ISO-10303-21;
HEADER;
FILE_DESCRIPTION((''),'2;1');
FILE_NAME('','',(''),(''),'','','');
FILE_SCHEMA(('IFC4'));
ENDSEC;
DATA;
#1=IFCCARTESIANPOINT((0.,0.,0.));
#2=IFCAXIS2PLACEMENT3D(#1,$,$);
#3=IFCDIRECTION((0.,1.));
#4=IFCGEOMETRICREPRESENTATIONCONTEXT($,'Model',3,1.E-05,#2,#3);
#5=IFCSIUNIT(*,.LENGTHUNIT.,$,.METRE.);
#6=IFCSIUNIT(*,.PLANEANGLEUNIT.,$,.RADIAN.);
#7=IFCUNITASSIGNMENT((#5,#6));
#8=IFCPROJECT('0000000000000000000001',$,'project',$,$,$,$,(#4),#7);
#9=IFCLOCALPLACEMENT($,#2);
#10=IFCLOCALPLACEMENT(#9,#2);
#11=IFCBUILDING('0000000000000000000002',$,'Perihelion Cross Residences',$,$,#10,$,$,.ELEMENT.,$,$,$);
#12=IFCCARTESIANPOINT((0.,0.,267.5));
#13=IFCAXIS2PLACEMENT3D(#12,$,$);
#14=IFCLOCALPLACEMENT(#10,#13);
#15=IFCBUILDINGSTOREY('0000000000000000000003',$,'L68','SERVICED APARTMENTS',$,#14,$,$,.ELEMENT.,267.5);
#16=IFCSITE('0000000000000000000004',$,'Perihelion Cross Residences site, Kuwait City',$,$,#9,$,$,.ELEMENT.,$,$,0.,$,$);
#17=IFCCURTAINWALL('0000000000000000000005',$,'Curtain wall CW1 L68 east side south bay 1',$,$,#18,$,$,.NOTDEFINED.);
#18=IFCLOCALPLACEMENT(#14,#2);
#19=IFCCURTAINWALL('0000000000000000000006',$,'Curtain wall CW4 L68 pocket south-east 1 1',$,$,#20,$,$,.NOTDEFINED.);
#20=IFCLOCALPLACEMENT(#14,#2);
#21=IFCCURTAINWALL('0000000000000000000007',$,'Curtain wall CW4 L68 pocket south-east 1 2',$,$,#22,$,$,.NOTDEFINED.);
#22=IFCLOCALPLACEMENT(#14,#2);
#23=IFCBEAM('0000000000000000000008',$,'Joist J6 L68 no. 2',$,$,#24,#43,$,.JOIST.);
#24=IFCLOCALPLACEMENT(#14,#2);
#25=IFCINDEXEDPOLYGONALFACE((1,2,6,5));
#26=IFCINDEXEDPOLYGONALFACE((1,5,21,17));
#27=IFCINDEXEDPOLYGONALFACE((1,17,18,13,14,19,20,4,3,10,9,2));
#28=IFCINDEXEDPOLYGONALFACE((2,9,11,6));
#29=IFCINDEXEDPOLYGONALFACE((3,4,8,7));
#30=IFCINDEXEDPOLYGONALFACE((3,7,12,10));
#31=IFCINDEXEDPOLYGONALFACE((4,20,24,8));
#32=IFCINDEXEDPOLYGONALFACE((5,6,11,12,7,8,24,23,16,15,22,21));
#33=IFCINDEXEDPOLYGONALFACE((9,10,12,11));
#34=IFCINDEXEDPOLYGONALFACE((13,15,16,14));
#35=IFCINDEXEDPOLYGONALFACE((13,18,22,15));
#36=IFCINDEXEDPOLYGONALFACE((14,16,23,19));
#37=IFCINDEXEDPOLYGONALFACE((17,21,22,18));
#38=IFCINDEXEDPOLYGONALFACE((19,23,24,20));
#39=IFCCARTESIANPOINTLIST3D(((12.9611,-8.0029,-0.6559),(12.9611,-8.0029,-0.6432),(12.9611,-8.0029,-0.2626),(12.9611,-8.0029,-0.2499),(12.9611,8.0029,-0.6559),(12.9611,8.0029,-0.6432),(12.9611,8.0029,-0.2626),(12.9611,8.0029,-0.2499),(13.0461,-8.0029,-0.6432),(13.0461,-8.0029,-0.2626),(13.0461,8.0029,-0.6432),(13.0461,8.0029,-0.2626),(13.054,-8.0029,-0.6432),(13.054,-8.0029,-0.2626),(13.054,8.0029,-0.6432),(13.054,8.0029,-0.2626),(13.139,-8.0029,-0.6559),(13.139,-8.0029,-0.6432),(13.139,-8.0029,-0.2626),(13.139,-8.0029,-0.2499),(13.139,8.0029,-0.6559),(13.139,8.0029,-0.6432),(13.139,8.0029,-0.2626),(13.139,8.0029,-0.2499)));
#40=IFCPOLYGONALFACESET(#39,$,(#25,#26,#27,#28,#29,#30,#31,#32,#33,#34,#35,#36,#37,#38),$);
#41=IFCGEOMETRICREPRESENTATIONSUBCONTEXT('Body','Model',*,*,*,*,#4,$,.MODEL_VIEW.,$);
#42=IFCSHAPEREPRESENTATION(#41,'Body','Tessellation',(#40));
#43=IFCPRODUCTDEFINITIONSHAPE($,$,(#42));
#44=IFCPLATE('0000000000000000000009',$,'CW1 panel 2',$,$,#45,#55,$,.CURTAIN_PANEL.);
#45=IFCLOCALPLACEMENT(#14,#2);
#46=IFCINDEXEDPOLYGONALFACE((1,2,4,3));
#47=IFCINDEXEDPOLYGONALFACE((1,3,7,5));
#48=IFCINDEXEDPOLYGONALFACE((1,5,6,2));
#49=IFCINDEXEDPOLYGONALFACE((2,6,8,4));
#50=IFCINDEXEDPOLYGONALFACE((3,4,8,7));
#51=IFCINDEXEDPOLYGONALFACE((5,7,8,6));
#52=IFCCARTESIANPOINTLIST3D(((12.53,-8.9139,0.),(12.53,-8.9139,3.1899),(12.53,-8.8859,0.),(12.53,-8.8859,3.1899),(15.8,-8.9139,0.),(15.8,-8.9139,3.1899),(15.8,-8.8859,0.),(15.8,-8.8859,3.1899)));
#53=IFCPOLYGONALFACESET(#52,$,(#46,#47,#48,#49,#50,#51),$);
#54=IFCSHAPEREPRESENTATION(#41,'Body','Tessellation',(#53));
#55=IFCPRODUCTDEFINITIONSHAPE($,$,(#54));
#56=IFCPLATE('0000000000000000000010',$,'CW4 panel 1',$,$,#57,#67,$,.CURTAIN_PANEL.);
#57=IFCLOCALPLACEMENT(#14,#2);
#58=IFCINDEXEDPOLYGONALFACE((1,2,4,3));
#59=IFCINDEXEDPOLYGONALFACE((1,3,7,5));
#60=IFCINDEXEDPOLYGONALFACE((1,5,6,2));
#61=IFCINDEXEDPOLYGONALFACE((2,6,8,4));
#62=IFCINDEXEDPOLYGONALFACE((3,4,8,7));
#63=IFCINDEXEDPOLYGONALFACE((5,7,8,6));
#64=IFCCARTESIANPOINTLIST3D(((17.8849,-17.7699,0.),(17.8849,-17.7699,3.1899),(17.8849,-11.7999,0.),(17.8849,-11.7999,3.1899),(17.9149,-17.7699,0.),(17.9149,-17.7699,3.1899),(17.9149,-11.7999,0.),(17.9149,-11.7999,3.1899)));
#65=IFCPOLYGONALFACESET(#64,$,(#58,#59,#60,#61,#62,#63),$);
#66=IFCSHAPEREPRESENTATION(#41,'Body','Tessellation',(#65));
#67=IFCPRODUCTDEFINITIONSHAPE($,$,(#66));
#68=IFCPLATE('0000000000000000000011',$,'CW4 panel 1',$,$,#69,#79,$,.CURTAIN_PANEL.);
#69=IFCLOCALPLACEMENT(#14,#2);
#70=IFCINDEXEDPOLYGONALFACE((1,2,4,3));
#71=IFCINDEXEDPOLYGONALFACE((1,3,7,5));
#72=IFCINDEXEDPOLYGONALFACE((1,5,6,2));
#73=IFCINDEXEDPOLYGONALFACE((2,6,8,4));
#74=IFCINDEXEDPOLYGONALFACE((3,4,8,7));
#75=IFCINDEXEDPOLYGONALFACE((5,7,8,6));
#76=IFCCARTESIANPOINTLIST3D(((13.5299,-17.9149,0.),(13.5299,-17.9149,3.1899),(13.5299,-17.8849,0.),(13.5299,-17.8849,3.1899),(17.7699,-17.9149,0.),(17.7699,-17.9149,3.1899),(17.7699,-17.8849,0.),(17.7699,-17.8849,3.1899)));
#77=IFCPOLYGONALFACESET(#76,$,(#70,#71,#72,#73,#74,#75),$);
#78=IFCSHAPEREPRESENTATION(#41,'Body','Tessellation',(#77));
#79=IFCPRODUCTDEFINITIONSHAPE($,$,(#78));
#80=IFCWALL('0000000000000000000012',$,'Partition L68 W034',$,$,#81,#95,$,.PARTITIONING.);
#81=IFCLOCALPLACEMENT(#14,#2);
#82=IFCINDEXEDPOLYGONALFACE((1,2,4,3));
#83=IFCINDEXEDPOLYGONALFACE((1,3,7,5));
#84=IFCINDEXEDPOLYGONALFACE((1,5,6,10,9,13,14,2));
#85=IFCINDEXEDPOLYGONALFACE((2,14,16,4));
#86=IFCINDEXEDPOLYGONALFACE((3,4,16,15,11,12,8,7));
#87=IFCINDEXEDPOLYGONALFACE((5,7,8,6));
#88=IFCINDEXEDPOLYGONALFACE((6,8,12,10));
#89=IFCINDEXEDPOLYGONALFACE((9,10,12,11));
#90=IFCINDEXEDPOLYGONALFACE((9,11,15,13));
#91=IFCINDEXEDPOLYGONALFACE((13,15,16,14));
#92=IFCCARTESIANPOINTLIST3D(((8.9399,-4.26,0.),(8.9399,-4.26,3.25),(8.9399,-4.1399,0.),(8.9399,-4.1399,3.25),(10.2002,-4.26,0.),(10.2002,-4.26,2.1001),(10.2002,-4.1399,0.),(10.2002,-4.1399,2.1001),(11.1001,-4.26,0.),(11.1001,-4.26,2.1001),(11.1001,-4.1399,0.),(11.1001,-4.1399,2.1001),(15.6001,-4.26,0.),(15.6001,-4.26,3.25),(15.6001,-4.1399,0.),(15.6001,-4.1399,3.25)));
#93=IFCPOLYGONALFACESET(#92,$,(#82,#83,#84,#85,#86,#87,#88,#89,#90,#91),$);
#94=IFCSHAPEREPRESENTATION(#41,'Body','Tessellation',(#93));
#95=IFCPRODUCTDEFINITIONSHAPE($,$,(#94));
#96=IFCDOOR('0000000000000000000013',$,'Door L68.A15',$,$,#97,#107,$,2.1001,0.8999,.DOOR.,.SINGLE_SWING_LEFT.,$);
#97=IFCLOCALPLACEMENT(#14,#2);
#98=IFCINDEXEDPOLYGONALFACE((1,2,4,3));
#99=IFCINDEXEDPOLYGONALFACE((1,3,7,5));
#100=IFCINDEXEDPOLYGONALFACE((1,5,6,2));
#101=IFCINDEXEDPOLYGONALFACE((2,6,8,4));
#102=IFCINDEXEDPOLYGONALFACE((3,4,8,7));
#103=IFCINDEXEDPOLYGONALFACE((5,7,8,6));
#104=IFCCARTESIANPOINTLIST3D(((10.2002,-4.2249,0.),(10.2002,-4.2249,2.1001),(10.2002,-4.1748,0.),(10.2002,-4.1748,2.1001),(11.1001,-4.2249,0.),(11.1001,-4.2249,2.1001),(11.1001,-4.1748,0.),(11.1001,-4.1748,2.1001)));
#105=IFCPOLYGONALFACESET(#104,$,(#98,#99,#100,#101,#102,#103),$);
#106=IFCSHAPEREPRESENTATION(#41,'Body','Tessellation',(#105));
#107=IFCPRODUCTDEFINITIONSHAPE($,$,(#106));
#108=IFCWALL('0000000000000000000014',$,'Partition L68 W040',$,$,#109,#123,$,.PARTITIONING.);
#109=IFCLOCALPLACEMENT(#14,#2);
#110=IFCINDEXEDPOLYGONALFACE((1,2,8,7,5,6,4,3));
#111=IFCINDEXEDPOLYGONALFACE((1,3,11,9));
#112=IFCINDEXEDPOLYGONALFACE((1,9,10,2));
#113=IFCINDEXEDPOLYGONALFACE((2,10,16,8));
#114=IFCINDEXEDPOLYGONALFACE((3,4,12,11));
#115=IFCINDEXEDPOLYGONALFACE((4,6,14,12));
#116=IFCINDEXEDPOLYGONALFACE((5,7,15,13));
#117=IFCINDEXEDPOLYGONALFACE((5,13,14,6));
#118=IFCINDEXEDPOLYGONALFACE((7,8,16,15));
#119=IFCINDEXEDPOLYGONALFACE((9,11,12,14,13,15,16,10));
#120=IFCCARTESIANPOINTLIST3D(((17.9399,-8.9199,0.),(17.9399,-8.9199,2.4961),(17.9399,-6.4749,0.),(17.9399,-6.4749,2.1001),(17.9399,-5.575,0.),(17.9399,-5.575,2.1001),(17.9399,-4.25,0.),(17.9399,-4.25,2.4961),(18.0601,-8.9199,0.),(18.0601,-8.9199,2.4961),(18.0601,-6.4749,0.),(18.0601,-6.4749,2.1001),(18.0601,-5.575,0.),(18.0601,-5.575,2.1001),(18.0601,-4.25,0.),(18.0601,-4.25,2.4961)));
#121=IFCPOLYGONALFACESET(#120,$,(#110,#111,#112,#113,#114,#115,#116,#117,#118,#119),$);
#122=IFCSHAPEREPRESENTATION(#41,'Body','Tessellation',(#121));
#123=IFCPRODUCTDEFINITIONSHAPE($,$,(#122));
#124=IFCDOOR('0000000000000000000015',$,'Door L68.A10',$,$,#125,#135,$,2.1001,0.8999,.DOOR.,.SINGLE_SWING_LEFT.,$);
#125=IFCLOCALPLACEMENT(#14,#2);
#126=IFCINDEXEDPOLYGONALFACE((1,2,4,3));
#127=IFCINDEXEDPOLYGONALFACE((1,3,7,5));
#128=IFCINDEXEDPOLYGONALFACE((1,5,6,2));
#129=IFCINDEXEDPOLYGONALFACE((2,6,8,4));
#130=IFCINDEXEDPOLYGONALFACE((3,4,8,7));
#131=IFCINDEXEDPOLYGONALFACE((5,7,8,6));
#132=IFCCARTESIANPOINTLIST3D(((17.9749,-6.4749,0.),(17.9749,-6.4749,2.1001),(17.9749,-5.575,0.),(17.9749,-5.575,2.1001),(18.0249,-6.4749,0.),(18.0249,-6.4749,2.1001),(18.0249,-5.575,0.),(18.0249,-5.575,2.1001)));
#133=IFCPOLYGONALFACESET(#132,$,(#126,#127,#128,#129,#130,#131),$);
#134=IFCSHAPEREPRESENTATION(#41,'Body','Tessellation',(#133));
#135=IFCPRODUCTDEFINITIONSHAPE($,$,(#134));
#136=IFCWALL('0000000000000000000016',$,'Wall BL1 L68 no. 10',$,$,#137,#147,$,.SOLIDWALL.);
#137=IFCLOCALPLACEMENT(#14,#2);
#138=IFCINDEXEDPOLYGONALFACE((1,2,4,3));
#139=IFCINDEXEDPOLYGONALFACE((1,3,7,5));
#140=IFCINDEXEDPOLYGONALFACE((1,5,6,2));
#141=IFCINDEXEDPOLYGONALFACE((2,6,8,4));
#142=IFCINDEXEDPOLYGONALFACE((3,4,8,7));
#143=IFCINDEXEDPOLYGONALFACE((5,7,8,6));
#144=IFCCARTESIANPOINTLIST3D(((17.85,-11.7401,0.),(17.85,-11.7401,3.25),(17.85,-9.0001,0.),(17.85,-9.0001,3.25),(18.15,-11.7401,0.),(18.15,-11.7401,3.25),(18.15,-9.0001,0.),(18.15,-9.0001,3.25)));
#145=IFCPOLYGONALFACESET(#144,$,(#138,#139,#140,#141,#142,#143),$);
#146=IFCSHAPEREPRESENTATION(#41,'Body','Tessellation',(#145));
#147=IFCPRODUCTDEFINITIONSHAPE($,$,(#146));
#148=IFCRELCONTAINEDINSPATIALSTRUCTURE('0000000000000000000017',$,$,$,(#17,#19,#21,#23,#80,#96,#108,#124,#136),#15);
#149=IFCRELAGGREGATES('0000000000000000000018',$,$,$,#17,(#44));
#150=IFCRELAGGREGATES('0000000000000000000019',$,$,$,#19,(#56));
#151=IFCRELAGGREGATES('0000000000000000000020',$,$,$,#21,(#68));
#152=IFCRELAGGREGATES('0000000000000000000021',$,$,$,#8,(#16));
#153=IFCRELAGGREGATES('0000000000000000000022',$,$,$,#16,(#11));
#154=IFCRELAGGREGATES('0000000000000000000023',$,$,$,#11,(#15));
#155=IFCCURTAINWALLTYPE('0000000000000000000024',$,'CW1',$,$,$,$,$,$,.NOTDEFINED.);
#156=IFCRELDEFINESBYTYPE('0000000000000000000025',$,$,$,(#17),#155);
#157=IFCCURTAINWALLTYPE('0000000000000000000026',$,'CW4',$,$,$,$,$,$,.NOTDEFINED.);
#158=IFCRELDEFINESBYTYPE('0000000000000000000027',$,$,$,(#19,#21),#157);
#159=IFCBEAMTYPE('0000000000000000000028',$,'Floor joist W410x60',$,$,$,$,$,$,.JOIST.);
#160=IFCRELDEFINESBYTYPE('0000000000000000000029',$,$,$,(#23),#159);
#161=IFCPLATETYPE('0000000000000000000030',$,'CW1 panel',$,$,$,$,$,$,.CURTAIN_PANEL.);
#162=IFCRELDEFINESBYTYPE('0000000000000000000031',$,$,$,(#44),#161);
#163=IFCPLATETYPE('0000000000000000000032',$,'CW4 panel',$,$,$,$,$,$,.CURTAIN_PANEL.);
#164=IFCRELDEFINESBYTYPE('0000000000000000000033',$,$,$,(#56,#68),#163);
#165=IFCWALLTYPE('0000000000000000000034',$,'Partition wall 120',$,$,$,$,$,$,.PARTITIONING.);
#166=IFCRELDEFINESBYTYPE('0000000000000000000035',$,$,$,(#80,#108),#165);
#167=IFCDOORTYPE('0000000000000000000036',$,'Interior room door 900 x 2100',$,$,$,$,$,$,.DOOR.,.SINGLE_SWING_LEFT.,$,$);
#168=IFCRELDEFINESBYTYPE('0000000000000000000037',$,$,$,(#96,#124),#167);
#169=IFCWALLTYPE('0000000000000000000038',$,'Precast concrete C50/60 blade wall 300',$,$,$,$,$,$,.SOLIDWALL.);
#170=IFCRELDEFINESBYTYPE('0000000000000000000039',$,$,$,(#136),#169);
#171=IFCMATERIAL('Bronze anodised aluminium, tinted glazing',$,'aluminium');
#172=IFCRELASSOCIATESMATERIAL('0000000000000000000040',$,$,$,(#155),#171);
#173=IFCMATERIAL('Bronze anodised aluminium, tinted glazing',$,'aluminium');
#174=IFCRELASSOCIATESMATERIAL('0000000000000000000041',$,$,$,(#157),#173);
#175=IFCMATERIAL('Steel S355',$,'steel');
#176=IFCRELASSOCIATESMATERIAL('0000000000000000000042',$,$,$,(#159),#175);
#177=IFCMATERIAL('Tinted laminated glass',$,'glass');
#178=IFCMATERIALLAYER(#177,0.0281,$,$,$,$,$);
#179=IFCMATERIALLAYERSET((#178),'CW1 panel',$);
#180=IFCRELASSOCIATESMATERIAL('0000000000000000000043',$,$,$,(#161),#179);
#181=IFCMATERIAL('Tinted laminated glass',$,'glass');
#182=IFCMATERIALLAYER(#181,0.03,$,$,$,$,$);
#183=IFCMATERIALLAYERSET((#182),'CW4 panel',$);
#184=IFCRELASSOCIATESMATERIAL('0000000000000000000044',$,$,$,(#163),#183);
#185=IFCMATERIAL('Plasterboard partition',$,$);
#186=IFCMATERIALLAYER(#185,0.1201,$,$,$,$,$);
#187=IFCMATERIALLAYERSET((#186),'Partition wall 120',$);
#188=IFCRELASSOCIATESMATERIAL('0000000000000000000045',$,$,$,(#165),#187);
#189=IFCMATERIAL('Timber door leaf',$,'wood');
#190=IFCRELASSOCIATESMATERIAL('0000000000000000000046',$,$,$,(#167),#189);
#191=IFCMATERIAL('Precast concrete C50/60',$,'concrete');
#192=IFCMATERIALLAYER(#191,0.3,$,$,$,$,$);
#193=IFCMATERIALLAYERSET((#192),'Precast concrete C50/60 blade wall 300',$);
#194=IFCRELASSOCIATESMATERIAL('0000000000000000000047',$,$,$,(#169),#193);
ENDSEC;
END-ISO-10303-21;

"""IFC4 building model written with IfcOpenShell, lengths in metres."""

from ifc_helpers import new_model, si_unit, direction, frame, frame_2d, origin, origin_2d, place, context, subcontext, project, spatial, rectangle, i_section, extrude, material, layer, layer_set, material_profile, profile_set, type_object, element, fill, aggregate, save


model = new_model("IFC4")

# Units and contexts
model_context = context("Model", 3, precision=1e-05, world=origin(), true_north=direction((0.0, 1.0)))
body_context = subcontext(model_context, "Body", "Model", "MODEL_VIEW")
ifc_project = project(units=[si_unit("LENGTHUNIT", "METRE"), si_unit("PLANEANGLEUNIT", "RADIAN")], contexts=[model_context])

# Site, building, storey
site_placement = place(None, origin())
site = spatial("IfcSite", under=ifc_project, at=site_placement, Name="Perihelion Cross Residences site, Kuwait City", CompositionType="ELEMENT", RefElevation=0.0)
building_placement = place(site_placement, origin())
building = spatial("IfcBuilding", under=site, at=building_placement, Name="Perihelion Cross Residences", CompositionType="ELEMENT")
storey_placement = place(building_placement, frame((0.0, 0.0, 267.5)))
storey = spatial("IfcBuildingStorey", under=building, at=storey_placement, Name="L68", Description="SERVICED APARTMENTS", CompositionType="ELEMENT", Elevation=267.5)

# Curtain wall
ifc_material_1 = material(Name="Bronze anodised aluminium, tinted glazing", Category="aluminium")
curtain_wall_type_1 = type_object("IfcCurtainWallType", Name="CW1", PredefinedType="NOTDEFINED", material=ifc_material_1)
curtain_wall_1_placement = place(storey_placement, origin())
curtain_wall_1 = element("IfcCurtainWall", 1, at=curtain_wall_1_placement, inside=storey, type_object=curtain_wall_type_1, Name="Curtain wall CW1 L68 east side south bay 1", PredefinedType="NOTDEFINED")

# Curtain walls
ifc_material_2 = material(Name="Bronze anodised aluminium, tinted glazing", Category="aluminium")
curtain_wall_type_2 = type_object("IfcCurtainWallType", Name="CW4", PredefinedType="NOTDEFINED", material=ifc_material_2)
curtain_wall_2_placement = place(storey_placement, origin())
curtain_wall_2 = element("IfcCurtainWall", 2, at=curtain_wall_2_placement, inside=storey, type_object=curtain_wall_type_2, Name="Curtain wall CW4 L68 pocket south-east 1 1", PredefinedType="NOTDEFINED")
curtain_wall_3_placement = place(storey_placement, origin())
curtain_wall_3 = element("IfcCurtainWall", 3, at=curtain_wall_3_placement, inside=storey, type_object=curtain_wall_type_2, Name="Curtain wall CW4 L68 pocket south-east 1 2", PredefinedType="NOTDEFINED")

# Beam
ifc_material_3 = material(Name="Steel S355", Category="steel")
ifc_material_profile_1 = material_profile(ifc_material_3, i_section(OverallWidth=0.178, OverallDepth=0.406, WebThickness=0.0078, FlangeThickness=0.0127, at=origin_2d()), Name="W410x60")
ifc_profile_set_1 = profile_set([ifc_material_profile_1], Name="Steel S355")
beam_type_1 = type_object("IfcBeamType", Name="Floor joist W410x60", PredefinedType="JOIST", material=ifc_profile_set_1)
beam_1_placement = place(storey_placement, frame((13.05, -8.0029, -0.4529), z_axis=(0.0, 1.0, 0.0), x_axis=(-1.0, 0.0, 0.0)))
element("IfcBeam", 4, at=beam_1_placement, inside=storey, type_object=beam_type_1, Name="Joist J6 L68 no. 2", PredefinedType="JOIST", context=body_context, shape_type="SweptSolid", body=[
    extrude(i_section(OverallWidth=0.178, OverallDepth=0.406, WebThickness=0.0078, FlangeThickness=0.0127, at=origin_2d()), origin(), (0.0, 0.0, 1.0), 16.0059),
])

# Plates
ifc_material_4 = material(Name="Tinted laminated glass", Category="glass")
ifc_layer_1 = layer(ifc_material_4, 0.0281)
ifc_layer_set_1 = layer_set([ifc_layer_1], Name="CW1 panel")
plate_type_1 = type_object("IfcPlateType", Name="CW1 panel", PredefinedType="CURTAIN_PANEL", material=ifc_layer_set_1)
plate_1_placement = place(storey_placement, frame((14.165, -8.8999, 0.0), z_axis=(0.0, 0.0, 1.0), x_axis=(1.0, 0.0, 0.0)))
plate_1 = element("IfcPlate", 5, at=plate_1_placement, type_object=plate_type_1, Name="CW1 panel 2", PredefinedType="CURTAIN_PANEL", context=body_context, shape_type="SweptSolid", body=[
    extrude(rectangle(XDim=3.27, YDim=0.0281, at=origin_2d()), origin(), (0.0, 0.0, 1.0), 3.1899),
])
aggregate(curtain_wall_1, [plate_1])
ifc_material_5 = material(Name="Tinted laminated glass", Category="glass")
ifc_layer_2 = layer(ifc_material_5, 0.03)
ifc_layer_set_2 = layer_set([ifc_layer_2], Name="CW4 panel")
plate_type_2 = type_object("IfcPlateType", Name="CW4 panel", PredefinedType="CURTAIN_PANEL", material=ifc_layer_set_2)
plate_2_placement = place(storey_placement, frame((17.8999, -14.7849, 0.0), z_axis=(0.0, 0.0, 1.0), x_axis=(0.0, -1.0, 0.0)))
plate_2 = element("IfcPlate", 6, at=plate_2_placement, type_object=plate_type_2, Name="CW4 panel 1", PredefinedType="CURTAIN_PANEL", context=body_context, shape_type="SweptSolid", body=[
    extrude(rectangle(XDim=5.97, YDim=0.03, at=origin_2d()), origin(), (0.0, 0.0, 1.0), 3.1899),
])
aggregate(curtain_wall_2, [plate_2])
plate_3_placement = place(storey_placement, frame((15.6499, -17.8999, 0.0), z_axis=(0.0, 0.0, 1.0), x_axis=(-1.0, 0.0, 0.0)))
plate_3 = element("IfcPlate", 7, at=plate_3_placement, type_object=plate_type_2, Name="CW4 panel 1", PredefinedType="CURTAIN_PANEL", context=body_context, shape_type="SweptSolid", body=[
    extrude(rectangle(XDim=4.24, YDim=0.03, at=origin_2d()), origin(), (0.0, 0.0, 1.0), 3.1899),
])
aggregate(curtain_wall_3, [plate_3])

# Walls, openings, doors
ifc_material_6 = material(Name="Plasterboard partition")
ifc_layer_3 = layer(ifc_material_6, 0.1201)
ifc_layer_set_3 = layer_set([ifc_layer_3], Name="Partition wall 120")
wall_type_1 = type_object("IfcWallType", Name="Partition wall 120", PredefinedType="PARTITIONING", material=ifc_layer_set_3)
wall_1_placement = place(storey_placement, frame((15.6001, -4.2, 0.0), z_axis=(0.0, 0.0, 1.0), x_axis=(-1.0, 0.0, 0.0)))
wall_1 = element("IfcWall", 8, at=wall_1_placement, inside=storey, type_object=wall_type_1, Name="Partition L68 W034", PredefinedType="PARTITIONING", context=body_context, shape_type="SweptSolid", body=[
    extrude(rectangle(XDim=6.6602, YDim=0.1201, at=frame_2d((3.3301, 0.0))), origin(), (0.0, 0.0, 1.0), 3.25),
])
opening_1_placement = place(wall_1_placement, frame((4.5, 0.0, 0.0)))
opening_1 = element("IfcOpeningElement", 9, at=opening_1_placement, cuts=wall_1, PredefinedType="OPENING", context=body_context, shape_type="SweptSolid", body=[
    extrude(rectangle(XDim=0.8999, YDim=2.1001, at=frame_2d((0.45, 1.05))), frame((0.0, 0.0701, 0.0), z_axis=(0.0, -1.0, 0.0), x_axis=(1.0, 0.0, 0.0)), (0.0, 0.0, 1.0), 0.1401),
])
ifc_material_7 = material(Name="Timber door leaf", Category="wood")
door_type_1 = type_object("IfcDoorType", Name="Interior room door 900 x 2100", OperationType="SINGLE_SWING_LEFT", PredefinedType="DOOR", material=ifc_material_7)
door_1_placement = place(opening_1_placement, origin())
door_1 = element("IfcDoor", 10, at=door_1_placement, inside=storey, type_object=door_type_1, Name="Door L68.A15", OperationType="SINGLE_SWING_LEFT", OverallHeight=2.1001, OverallWidth=0.8999, PredefinedType="DOOR", context=body_context, shape_type="SweptSolid", body=[
    extrude(rectangle(XDim=0.8999, YDim=2.1001, at=frame_2d((0.45, 1.05))), frame((0.0, 0.0249, 0.0), z_axis=(0.0, -1.0, 0.0), x_axis=(1.0, 0.0, 0.0)), (0.0, 0.0, 1.0), 0.05),
])
fill(opening_1, door_1)
wall_2_placement = place(storey_placement, frame((18.0, -4.25, 0.0), z_axis=(0.0, 0.0, 1.0), x_axis=(0.0, -1.0, 0.0)))
wall_2 = element("IfcWall", 11, at=wall_2_placement, inside=storey, type_object=wall_type_1, Name="Partition L68 W040", PredefinedType="PARTITIONING", context=body_context, shape_type="SweptSolid", body=[
    extrude(rectangle(XDim=4.6699, YDim=0.1201, at=frame_2d((2.335, 0.0))), origin(), (0.0, 0.0, 1.0), 2.4961),
])
opening_2_placement = place(wall_2_placement, frame((1.325, 0.0, 0.0)))
opening_2 = element("IfcOpeningElement", 12, at=opening_2_placement, cuts=wall_2, PredefinedType="OPENING", context=body_context, shape_type="SweptSolid", body=[
    extrude(rectangle(XDim=0.8999, YDim=2.1001, at=frame_2d((0.45, 1.05))), frame((0.0, 0.0701, 0.0), z_axis=(0.0, -1.0, 0.0), x_axis=(1.0, 0.0, 0.0)), (0.0, 0.0, 1.0), 0.1401),
])
door_2_placement = place(opening_2_placement, origin())
door_2 = element("IfcDoor", 13, at=door_2_placement, inside=storey, type_object=door_type_1, Name="Door L68.A10", OperationType="SINGLE_SWING_LEFT", OverallHeight=2.1001, OverallWidth=0.8999, PredefinedType="DOOR", context=body_context, shape_type="SweptSolid", body=[
    extrude(rectangle(XDim=0.8999, YDim=2.1001, at=frame_2d((0.45, 1.05))), frame((0.0, 0.0249, 0.0), z_axis=(0.0, -1.0, 0.0), x_axis=(1.0, 0.0, 0.0)), (0.0, 0.0, 1.0), 0.05),
])
fill(opening_2, door_2)

# Wall
ifc_material_8 = material(Name="Precast concrete C50/60", Category="concrete")
ifc_layer_4 = layer(ifc_material_8, 0.3)
ifc_layer_set_4 = layer_set([ifc_layer_4], Name="Precast concrete C50/60 blade wall 300")
wall_type_2 = type_object("IfcWallType", Name="Precast concrete C50/60 blade wall 300", PredefinedType="SOLIDWALL", material=ifc_layer_set_4)
wall_3_placement = place(storey_placement, frame((18.0, -9.0, 0.0), z_axis=(0.0, 0.0, 1.0), x_axis=(0.0, -1.0, 0.0)))
element("IfcWall", 14, at=wall_3_placement, inside=storey, type_object=wall_type_2, Name="Wall BL1 L68 no. 10", PredefinedType="SOLIDWALL", context=body_context, shape_type="SweptSolid", body=[
    extrude(rectangle(XDim=2.74, YDim=0.3, at=frame_2d((1.3701, 0.0))), origin(), (0.0, 0.0, 1.0), 3.25),
])

save(model, "model.ifc")
